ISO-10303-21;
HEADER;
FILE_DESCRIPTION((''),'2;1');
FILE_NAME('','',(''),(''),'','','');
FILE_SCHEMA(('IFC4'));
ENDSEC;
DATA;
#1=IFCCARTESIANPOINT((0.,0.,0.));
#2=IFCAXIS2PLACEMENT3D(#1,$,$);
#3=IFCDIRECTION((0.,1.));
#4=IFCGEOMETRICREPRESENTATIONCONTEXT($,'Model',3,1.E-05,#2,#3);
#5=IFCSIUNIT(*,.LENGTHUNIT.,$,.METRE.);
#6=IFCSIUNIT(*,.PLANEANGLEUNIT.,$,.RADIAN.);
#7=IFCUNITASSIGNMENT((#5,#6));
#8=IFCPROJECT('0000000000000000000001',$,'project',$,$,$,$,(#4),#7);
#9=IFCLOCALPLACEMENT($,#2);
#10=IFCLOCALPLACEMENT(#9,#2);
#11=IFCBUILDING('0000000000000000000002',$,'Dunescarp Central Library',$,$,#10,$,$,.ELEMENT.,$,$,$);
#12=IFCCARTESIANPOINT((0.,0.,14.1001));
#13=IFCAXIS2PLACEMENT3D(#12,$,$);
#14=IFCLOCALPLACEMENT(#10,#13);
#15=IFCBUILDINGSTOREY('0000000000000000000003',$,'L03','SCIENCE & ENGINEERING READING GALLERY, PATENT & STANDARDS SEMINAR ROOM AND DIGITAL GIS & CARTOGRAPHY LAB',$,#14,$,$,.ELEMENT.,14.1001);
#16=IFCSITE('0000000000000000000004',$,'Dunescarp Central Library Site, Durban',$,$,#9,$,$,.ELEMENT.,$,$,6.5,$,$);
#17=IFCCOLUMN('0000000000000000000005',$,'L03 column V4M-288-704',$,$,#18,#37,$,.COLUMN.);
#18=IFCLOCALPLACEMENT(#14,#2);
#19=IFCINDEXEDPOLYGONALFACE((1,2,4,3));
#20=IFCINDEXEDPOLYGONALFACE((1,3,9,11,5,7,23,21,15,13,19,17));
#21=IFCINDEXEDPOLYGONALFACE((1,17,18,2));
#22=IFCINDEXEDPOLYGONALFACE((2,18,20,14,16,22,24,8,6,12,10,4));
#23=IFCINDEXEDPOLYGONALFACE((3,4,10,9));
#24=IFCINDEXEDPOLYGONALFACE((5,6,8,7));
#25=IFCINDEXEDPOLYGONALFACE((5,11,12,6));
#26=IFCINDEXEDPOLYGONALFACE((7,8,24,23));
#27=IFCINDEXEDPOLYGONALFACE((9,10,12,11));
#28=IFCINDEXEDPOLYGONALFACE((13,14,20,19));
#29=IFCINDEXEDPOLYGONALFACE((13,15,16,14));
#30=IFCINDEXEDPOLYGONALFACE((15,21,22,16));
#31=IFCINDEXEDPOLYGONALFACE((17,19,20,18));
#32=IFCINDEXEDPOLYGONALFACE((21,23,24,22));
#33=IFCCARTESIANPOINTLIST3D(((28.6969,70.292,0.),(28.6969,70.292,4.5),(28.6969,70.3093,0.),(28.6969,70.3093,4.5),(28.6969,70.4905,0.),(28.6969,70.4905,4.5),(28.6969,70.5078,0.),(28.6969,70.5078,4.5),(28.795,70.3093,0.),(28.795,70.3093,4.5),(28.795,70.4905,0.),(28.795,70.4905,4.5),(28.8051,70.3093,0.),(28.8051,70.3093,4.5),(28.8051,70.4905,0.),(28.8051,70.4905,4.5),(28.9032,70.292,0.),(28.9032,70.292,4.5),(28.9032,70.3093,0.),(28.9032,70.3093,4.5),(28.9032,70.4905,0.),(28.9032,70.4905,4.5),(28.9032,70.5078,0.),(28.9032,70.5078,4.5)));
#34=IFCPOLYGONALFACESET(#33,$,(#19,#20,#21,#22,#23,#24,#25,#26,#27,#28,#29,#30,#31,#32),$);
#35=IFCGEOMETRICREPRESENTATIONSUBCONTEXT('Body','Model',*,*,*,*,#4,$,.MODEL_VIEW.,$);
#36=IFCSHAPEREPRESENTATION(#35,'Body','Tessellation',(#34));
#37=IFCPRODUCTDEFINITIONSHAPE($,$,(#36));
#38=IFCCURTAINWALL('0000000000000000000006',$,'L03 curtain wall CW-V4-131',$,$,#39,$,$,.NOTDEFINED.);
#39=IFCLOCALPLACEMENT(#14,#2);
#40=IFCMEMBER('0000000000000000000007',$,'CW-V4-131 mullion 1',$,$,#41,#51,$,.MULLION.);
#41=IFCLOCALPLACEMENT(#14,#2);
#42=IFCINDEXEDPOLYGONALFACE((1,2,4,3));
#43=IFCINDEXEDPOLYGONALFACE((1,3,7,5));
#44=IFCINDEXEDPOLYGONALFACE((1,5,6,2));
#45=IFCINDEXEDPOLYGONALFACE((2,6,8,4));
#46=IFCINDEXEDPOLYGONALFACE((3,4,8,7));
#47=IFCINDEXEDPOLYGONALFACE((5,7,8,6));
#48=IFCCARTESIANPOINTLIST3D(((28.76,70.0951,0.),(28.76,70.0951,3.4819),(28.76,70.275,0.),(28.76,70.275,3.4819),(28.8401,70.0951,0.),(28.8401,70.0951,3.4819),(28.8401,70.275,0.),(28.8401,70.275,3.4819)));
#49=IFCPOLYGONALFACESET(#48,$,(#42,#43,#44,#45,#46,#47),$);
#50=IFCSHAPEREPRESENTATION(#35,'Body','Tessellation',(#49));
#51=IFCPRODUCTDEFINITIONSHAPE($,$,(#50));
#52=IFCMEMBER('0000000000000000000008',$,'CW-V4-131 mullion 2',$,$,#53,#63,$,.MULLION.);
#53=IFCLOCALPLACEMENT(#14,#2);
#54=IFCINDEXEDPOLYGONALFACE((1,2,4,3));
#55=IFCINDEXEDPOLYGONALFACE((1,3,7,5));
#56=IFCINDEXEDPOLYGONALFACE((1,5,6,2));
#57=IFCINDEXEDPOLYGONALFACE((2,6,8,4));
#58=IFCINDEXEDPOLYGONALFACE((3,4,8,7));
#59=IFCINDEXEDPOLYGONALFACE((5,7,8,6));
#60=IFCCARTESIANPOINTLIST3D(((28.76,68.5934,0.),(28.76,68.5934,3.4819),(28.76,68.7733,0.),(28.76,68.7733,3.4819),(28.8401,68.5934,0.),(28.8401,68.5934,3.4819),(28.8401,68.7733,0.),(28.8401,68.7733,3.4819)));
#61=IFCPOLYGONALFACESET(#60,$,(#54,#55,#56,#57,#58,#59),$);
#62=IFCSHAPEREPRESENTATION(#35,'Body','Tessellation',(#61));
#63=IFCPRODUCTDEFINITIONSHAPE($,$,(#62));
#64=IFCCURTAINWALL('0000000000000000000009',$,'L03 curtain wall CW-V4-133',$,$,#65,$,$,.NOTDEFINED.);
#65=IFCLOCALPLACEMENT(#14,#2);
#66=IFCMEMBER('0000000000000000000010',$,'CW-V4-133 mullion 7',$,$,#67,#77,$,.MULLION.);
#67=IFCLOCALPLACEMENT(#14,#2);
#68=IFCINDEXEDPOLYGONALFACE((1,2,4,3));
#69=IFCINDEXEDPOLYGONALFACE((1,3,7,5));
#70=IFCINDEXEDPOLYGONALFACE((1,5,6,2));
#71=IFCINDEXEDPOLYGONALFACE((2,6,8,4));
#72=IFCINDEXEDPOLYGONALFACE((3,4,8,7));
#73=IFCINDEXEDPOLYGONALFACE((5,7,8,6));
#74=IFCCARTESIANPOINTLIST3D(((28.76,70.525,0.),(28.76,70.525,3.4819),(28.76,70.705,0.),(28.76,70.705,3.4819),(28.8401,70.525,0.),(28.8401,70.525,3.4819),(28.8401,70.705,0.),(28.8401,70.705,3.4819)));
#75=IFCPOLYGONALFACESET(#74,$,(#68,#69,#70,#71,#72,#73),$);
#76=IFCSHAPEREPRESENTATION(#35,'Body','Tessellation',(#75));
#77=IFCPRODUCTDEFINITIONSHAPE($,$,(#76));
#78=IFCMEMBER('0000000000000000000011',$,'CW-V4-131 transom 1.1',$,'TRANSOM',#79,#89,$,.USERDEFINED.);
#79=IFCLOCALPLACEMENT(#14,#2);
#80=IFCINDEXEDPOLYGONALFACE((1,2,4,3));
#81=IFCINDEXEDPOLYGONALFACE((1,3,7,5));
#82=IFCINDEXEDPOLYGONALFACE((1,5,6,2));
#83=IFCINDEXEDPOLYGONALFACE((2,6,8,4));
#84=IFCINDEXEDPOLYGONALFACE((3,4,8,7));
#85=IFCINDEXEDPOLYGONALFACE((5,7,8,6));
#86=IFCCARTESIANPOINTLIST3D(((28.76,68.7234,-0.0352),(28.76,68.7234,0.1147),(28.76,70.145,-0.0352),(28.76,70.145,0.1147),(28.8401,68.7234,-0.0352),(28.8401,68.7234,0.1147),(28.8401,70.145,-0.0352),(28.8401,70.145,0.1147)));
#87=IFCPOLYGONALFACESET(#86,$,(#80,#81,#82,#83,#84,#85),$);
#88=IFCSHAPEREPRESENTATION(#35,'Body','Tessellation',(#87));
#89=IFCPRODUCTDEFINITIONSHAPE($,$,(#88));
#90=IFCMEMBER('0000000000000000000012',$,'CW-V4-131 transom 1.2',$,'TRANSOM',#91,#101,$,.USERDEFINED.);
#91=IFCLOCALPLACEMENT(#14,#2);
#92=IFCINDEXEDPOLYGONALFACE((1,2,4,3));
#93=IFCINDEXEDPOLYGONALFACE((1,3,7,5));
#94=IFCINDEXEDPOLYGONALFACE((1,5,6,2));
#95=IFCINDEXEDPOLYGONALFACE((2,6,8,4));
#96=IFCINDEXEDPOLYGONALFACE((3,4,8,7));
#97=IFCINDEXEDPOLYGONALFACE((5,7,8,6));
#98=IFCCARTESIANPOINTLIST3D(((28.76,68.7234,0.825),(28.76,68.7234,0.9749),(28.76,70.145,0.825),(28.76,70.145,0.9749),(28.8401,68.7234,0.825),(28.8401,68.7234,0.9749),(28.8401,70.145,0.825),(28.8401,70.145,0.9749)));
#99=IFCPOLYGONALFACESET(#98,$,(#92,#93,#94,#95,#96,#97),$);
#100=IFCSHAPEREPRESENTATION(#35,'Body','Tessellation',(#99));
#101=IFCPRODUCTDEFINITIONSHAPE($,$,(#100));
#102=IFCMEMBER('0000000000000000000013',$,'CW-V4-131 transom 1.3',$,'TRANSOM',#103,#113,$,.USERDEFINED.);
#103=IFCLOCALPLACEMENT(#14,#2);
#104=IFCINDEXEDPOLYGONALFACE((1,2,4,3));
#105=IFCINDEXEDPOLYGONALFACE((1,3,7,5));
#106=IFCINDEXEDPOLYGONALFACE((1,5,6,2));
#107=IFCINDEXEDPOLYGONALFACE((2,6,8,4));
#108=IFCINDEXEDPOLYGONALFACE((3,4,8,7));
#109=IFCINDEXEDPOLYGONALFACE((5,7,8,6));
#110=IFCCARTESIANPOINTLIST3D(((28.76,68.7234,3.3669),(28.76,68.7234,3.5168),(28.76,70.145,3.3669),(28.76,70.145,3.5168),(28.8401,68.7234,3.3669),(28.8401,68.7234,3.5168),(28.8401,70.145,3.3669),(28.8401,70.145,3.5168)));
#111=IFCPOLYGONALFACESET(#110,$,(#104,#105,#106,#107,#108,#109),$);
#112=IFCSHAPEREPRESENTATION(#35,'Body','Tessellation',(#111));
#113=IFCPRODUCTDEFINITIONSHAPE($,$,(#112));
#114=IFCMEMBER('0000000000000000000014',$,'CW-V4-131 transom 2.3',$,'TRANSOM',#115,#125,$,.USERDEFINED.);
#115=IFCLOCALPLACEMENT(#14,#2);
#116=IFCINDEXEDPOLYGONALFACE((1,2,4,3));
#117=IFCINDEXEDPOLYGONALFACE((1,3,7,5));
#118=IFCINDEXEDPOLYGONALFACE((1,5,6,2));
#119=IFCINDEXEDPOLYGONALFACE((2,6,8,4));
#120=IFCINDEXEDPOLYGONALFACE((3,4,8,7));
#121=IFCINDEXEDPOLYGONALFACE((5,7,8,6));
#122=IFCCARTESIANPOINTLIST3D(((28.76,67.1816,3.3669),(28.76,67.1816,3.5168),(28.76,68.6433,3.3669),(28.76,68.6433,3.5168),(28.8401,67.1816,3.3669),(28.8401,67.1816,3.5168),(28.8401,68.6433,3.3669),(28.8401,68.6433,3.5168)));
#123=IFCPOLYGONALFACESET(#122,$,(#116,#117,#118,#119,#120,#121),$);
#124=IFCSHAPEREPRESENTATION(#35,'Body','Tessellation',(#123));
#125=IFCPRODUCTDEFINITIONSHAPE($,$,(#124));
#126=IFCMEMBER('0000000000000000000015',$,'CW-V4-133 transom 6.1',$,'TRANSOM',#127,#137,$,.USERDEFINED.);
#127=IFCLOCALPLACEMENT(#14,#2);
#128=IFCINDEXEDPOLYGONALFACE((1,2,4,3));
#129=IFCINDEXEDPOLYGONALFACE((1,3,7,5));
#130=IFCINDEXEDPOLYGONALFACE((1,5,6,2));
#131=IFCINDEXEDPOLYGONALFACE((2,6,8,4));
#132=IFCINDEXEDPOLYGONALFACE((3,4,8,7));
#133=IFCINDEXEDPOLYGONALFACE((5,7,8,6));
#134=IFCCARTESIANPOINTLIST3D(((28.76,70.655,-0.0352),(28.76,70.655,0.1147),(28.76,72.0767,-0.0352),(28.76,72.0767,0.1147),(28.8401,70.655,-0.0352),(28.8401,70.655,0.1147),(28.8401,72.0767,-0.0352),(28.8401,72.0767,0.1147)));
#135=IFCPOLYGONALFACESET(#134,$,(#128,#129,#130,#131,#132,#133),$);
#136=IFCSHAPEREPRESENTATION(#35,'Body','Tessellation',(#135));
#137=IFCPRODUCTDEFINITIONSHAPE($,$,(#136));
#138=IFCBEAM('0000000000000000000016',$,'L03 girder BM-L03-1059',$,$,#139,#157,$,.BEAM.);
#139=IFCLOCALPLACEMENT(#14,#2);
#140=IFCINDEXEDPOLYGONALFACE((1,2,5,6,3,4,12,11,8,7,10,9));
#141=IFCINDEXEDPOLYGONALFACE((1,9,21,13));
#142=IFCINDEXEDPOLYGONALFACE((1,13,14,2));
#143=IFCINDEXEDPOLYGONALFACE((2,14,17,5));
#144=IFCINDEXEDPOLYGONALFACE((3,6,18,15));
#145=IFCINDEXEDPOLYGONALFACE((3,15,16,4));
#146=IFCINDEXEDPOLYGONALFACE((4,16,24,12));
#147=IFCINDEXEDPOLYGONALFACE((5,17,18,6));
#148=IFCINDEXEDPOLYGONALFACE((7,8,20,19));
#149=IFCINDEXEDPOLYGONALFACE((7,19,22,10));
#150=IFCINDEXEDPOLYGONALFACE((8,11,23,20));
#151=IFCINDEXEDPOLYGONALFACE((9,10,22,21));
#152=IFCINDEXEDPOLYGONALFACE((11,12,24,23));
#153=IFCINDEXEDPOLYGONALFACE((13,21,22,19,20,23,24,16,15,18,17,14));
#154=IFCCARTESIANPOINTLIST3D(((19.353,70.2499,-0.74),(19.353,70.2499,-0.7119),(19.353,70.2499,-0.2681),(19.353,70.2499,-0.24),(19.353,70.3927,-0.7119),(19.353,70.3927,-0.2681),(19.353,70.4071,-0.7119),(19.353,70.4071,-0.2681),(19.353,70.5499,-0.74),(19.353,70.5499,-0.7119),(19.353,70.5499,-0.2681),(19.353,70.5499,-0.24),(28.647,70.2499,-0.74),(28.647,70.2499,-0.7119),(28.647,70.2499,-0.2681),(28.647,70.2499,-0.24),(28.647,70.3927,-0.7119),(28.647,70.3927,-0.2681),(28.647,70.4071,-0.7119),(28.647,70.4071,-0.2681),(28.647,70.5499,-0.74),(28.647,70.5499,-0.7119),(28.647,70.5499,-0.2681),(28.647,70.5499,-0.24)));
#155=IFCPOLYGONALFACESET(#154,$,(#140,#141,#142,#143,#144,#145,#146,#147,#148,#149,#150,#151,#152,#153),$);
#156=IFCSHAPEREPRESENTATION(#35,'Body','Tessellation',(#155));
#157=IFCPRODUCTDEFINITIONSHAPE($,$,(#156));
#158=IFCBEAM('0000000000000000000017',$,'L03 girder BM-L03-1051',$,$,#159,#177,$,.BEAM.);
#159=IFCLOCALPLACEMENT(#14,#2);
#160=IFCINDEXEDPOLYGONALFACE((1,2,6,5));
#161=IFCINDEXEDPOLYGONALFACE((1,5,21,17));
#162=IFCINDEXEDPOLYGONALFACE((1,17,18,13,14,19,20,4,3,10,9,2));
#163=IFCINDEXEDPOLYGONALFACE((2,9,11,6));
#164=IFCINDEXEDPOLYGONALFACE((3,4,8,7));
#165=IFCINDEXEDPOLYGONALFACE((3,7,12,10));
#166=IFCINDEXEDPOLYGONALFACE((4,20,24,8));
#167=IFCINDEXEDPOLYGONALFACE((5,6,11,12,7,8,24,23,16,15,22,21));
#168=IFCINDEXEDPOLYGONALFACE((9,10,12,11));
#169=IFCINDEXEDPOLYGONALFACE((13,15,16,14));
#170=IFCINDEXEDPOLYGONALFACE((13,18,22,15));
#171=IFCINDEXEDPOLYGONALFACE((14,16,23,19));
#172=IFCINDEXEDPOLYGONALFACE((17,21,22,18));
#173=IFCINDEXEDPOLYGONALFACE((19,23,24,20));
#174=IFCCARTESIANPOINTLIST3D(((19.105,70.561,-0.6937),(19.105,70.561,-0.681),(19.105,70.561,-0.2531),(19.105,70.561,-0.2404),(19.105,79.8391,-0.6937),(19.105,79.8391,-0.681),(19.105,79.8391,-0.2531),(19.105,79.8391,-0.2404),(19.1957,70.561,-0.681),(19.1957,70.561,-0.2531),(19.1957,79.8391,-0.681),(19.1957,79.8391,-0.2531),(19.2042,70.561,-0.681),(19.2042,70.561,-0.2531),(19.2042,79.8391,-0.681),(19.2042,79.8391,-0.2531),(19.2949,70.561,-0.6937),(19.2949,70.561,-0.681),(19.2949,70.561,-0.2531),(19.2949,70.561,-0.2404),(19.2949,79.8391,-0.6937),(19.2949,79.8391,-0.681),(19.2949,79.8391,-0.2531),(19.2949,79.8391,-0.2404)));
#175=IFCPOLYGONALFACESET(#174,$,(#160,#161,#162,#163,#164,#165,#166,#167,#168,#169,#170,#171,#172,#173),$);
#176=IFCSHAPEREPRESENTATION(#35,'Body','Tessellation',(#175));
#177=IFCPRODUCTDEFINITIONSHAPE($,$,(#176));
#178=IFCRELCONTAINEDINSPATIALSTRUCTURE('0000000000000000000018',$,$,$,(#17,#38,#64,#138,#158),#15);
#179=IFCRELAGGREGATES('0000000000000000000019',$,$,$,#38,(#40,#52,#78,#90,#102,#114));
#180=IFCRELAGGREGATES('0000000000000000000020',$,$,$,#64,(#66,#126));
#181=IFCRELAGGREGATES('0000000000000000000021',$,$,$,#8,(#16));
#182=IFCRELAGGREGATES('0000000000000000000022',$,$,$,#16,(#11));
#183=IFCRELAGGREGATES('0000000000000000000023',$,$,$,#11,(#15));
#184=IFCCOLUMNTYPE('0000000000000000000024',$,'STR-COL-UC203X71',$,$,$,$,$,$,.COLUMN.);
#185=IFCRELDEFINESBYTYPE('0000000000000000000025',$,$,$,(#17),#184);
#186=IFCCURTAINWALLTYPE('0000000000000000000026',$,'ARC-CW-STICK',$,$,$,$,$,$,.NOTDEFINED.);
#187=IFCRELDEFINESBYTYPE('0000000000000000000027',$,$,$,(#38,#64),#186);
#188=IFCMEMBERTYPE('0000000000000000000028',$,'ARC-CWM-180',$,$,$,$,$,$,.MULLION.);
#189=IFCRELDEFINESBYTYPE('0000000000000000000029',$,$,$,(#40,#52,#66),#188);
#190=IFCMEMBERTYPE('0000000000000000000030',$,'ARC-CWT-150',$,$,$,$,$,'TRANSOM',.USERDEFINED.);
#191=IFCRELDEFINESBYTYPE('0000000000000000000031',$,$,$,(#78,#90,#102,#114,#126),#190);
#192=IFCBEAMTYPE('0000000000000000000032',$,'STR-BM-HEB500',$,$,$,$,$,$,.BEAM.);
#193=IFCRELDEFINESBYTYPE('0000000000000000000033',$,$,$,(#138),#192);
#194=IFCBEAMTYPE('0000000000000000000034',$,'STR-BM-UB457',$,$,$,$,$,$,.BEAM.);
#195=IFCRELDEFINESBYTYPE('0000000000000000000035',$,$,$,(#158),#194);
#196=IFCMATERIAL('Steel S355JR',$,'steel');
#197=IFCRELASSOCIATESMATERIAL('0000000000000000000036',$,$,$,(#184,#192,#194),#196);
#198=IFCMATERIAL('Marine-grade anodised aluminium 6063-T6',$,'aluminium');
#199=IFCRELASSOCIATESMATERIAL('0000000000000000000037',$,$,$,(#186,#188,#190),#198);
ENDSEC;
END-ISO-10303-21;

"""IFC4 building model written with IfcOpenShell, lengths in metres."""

from ifc_helpers import new_model, si_unit, direction, frame, origin, origin_2d, place, context, subcontext, project, spatial, rectangle, i_section, extrude, material, material_profile, profile_set, type_object, element, aggregate, save


model = new_model("IFC4")

# Units and contexts
model_context = context("Model", 3, precision=1e-05, world=origin(), true_north=direction((0.0, 1.0)))
body_context = subcontext(model_context, "Body", "Model", "MODEL_VIEW")
ifc_project = project(units=[si_unit("LENGTHUNIT", "METRE"), si_unit("PLANEANGLEUNIT", "RADIAN")], contexts=[model_context])

# Site, building, storey
site_placement = place(None, origin())
site = spatial("IfcSite", under=ifc_project, at=site_placement, Name="Dunescarp Central Library Site, Durban", CompositionType="ELEMENT", RefElevation=6.5)
building_placement = place(site_placement, origin())
building = spatial("IfcBuilding", under=site, at=building_placement, Name="Dunescarp Central Library", CompositionType="ELEMENT")
storey_placement = place(building_placement, frame((0.0, 0.0, 14.1001)))
storey = spatial("IfcBuildingStorey", under=building, at=storey_placement, Name="L03", Description="SCIENCE & ENGINEERING READING GALLERY, PATENT & STANDARDS SEMINAR ROOM AND DIGITAL GIS & CARTOGRAPHY LAB", CompositionType="ELEMENT", Elevation=14.1001)

# Column
ifc_material_1 = material(Name="Steel S355JR", Category="steel")
ifc_material_profile_1 = material_profile(ifc_material_1, i_section(OverallWidth=0.2063, OverallDepth=0.2158, WebThickness=0.01, FlangeThickness=0.0173, at=origin_2d()), Name="UC 203x203x71")
ifc_profile_set_1 = profile_set([ifc_material_profile_1], Name="Steel S355JR")
column_type = type_object("IfcColumnType", Name="STR-COL-UC203X71", PredefinedType="COLUMN", material=ifc_profile_set_1)
column_placement = place(storey_placement, frame((28.8, 70.3999, 0.0), z_axis=(0.0, 0.0, 1.0), x_axis=(1.0, 0.0, 0.0)))
element("IfcColumn", 1, at=column_placement, inside=storey, type_object=column_type, Name="L03 column V4M-288-704", PredefinedType="COLUMN", context=body_context, shape_type="SweptSolid", body=[
    extrude(i_section(OverallWidth=0.2063, OverallDepth=0.2158, WebThickness=0.01, FlangeThickness=0.0173, at=origin_2d()), origin(), (0.0, 0.0, 1.0), 4.5),
])

# Curtain wall, members
ifc_material_2 = material(Name="Marine-grade anodised aluminium 6063-T6", Category="aluminium")
curtain_wall_type = type_object("IfcCurtainWallType", Name="ARC-CW-STICK", PredefinedType="NOTDEFINED", material=ifc_material_2)
curtain_wall_1_placement = place(storey_placement, origin())
curtain_wall_1 = element("IfcCurtainWall", 2, at=curtain_wall_1_placement, inside=storey, type_object=curtain_wall_type, Name="L03 curtain wall CW-V4-131", PredefinedType="NOTDEFINED")
ifc_material_profile_2 = material_profile(ifc_material_2, rectangle(XDim=0.0801, YDim=0.1799, at=origin_2d()), Name="AL 80x180")
ifc_profile_set_2 = profile_set([ifc_material_profile_2], Name="Marine-grade anodised aluminium 6063-T6")
member_type_1 = type_object("IfcMemberType", Name="ARC-CWM-180", PredefinedType="MULLION", material=ifc_profile_set_2)
member_1_placement = place(storey_placement, frame((28.8, 70.1851, 0.0), z_axis=(0.0, 0.0, 1.0), x_axis=(1.0, 0.0, 0.0)))
member_1 = element("IfcMember", 3, at=member_1_placement, type_object=member_type_1, Name="CW-V4-131 mullion 1", PredefinedType="MULLION", context=body_context, shape_type="SweptSolid", body=[
    extrude(rectangle(XDim=0.0801, YDim=0.1799, at=origin_2d()), origin(), (0.0, 0.0, 1.0), 3.4819),
])
member_2_placement = place(storey_placement, frame((28.8, 68.6833, 0.0), z_axis=(0.0, 0.0, 1.0), x_axis=(1.0, 0.0, 0.0)))
member_2 = element("IfcMember", 4, at=member_2_placement, type_object=member_type_1, Name="CW-V4-131 mullion 2", PredefinedType="MULLION", context=body_context, shape_type="SweptSolid", body=[
    extrude(rectangle(XDim=0.0801, YDim=0.1799, at=origin_2d()), origin(), (0.0, 0.0, 1.0), 3.4819),
])

# Curtain wall, member
curtain_wall_2_placement = place(storey_placement, origin())
curtain_wall_2 = element("IfcCurtainWall", 5, at=curtain_wall_2_placement, inside=storey, type_object=curtain_wall_type, Name="L03 curtain wall CW-V4-133", PredefinedType="NOTDEFINED")
member_3_placement = place(storey_placement, frame((28.8, 70.615, 0.0), z_axis=(0.0, 0.0, 1.0), x_axis=(1.0, 0.0, 0.0)))
member_3 = element("IfcMember", 6, at=member_3_placement, type_object=member_type_1, Name="CW-V4-133 mullion 7", PredefinedType="MULLION", context=body_context, shape_type="SweptSolid", body=[
    extrude(rectangle(XDim=0.0801, YDim=0.1799, at=origin_2d()), origin(), (0.0, 0.0, 1.0), 3.4819),
])

# Members
ifc_material_profile_3 = material_profile(ifc_material_2, rectangle(XDim=0.0801, YDim=0.1499, at=origin_2d()), Name="AL 80x150")
ifc_profile_set_3 = profile_set([ifc_material_profile_3], Name="Marine-grade anodised aluminium 6063-T6")
member_type_2 = type_object("IfcMemberType", Name="ARC-CWT-150", ElementType="TRANSOM", PredefinedType="USERDEFINED", material=ifc_profile_set_3)
member_4_placement = place(storey_placement, frame((28.8, 70.145, 0.0398), z_axis=(0.0, -1.0, 0.0), x_axis=(1.0, 0.0, 0.0)))
member_4 = element("IfcMember", 7, at=member_4_placement, type_object=member_type_2, Name="CW-V4-131 transom 1.1", ObjectType="TRANSOM", PredefinedType="USERDEFINED", context=body_context, shape_type="SweptSolid", body=[
    extrude(rectangle(XDim=0.0801, YDim=0.1499, at=origin_2d()), origin(), (0.0, 0.0, 1.0), 1.4216),
])
member_5_placement = place(storey_placement, frame((28.8, 70.145, 0.8999), z_axis=(0.0, -1.0, 0.0), x_axis=(1.0, 0.0, 0.0)))
member_5 = element("IfcMember", 8, at=member_5_placement, type_object=member_type_2, Name="CW-V4-131 transom 1.2", ObjectType="TRANSOM", PredefinedType="USERDEFINED", context=body_context, shape_type="SweptSolid", body=[
    extrude(rectangle(XDim=0.0801, YDim=0.1499, at=origin_2d()), origin(), (0.0, 0.0, 1.0), 1.4216),
])
member_6_placement = place(storey_placement, frame((28.8, 70.145, 3.4419), z_axis=(0.0, -1.0, 0.0), x_axis=(1.0, 0.0, 0.0)))
member_6 = element("IfcMember", 9, at=member_6_placement, type_object=member_type_2, Name="CW-V4-131 transom 1.3", ObjectType="TRANSOM", PredefinedType="USERDEFINED", context=body_context, shape_type="SweptSolid", body=[
    extrude(rectangle(XDim=0.0801, YDim=0.1499, at=origin_2d()), origin(), (0.0, 0.0, 1.0), 1.4216),
])
member_7_placement = place(storey_placement, frame((28.8, 68.6433, 3.4419), z_axis=(0.0, -1.0, 0.0), x_axis=(1.0, 0.0, 0.0)))
member_7 = element("IfcMember", 10, at=member_7_placement, type_object=member_type_2, Name="CW-V4-131 transom 2.3", ObjectType="TRANSOM", PredefinedType="USERDEFINED", context=body_context, shape_type="SweptSolid", body=[
    extrude(rectangle(XDim=0.0801, YDim=0.1499, at=origin_2d()), origin(), (0.0, 0.0, 1.0), 1.4617),
])
member_8_placement = place(storey_placement, frame((28.8, 72.0767, 0.0398), z_axis=(0.0, -1.0, 0.0), x_axis=(1.0, 0.0, 0.0)))
member_8 = element("IfcMember", 11, at=member_8_placement, type_object=member_type_2, Name="CW-V4-133 transom 6.1", ObjectType="TRANSOM", PredefinedType="USERDEFINED", context=body_context, shape_type="SweptSolid", body=[
    extrude(rectangle(XDim=0.0801, YDim=0.1499, at=origin_2d()), origin(), (0.0, 0.0, 1.0), 1.4216),
])

# Beams
ifc_material_profile_4 = material_profile(ifc_material_1, i_section(OverallWidth=0.3, OverallDepth=0.5, WebThickness=0.0144, FlangeThickness=0.0281, at=origin_2d()), Name="HEB 500")
ifc_profile_set_4 = profile_set([ifc_material_profile_4], Name="Steel S355JR")
beam_type_1 = type_object("IfcBeamType", Name="STR-BM-HEB500", PredefinedType="BEAM", material=ifc_profile_set_4)
beam_placement = place(storey_placement, frame((19.353, 70.3999, -0.49), z_axis=(1.0, 0.0, 0.0), x_axis=(0.0, 1.0, 0.0)))
element("IfcBeam", 12, at=beam_placement, inside=storey, type_object=beam_type_1, Name="L03 girder BM-L03-1059", PredefinedType="BEAM", context=body_context, shape_type="SweptSolid", body=[
    extrude(i_section(OverallWidth=0.3, OverallDepth=0.5, WebThickness=0.0144, FlangeThickness=0.0281, at=origin_2d()), origin(), (0.0, 0.0, 1.0), 9.2939),
])
ifc_material_profile_5 = material_profile(ifc_material_1, i_section(OverallWidth=0.1899, OverallDepth=0.4534, WebThickness=0.0085, FlangeThickness=0.0127, at=origin_2d()), Name="UB 457x191x67")
ifc_profile_set_5 = profile_set([ifc_material_profile_5], Name="Steel S355JR")
beam_type_2 = type_object("IfcBeamType", Name="STR-BM-UB457", PredefinedType="BEAM", material=ifc_profile_set_5)
for number, where, z_axis, x_axis, name in (
    (13, (19.2, 70.561, -0.467), (0.0, 1.0, 0.0), (-1.0, 0.0, 0.0), "L03 girder BM-L03-1051"),
):
    element("IfcBeam", number, at=place(storey_placement, frame(where, z_axis=z_axis, x_axis=x_axis)), inside=storey, type_object=beam_type_2, Name=name, PredefinedType="BEAM", context=body_context, shape_type="SweptSolid", body=[
        extrude(i_section(OverallWidth=0.1899, OverallDepth=0.4534, WebThickness=0.0085, FlangeThickness=0.0127, at=origin_2d()), origin(), (0.0, 0.0, 1.0), 9.2781),
    ])

aggregate(curtain_wall_1, [member_1, member_2, member_4, member_5, member_6, member_7])
aggregate(curtain_wall_2, [member_3, member_8])

save(model, "model.ifc")
